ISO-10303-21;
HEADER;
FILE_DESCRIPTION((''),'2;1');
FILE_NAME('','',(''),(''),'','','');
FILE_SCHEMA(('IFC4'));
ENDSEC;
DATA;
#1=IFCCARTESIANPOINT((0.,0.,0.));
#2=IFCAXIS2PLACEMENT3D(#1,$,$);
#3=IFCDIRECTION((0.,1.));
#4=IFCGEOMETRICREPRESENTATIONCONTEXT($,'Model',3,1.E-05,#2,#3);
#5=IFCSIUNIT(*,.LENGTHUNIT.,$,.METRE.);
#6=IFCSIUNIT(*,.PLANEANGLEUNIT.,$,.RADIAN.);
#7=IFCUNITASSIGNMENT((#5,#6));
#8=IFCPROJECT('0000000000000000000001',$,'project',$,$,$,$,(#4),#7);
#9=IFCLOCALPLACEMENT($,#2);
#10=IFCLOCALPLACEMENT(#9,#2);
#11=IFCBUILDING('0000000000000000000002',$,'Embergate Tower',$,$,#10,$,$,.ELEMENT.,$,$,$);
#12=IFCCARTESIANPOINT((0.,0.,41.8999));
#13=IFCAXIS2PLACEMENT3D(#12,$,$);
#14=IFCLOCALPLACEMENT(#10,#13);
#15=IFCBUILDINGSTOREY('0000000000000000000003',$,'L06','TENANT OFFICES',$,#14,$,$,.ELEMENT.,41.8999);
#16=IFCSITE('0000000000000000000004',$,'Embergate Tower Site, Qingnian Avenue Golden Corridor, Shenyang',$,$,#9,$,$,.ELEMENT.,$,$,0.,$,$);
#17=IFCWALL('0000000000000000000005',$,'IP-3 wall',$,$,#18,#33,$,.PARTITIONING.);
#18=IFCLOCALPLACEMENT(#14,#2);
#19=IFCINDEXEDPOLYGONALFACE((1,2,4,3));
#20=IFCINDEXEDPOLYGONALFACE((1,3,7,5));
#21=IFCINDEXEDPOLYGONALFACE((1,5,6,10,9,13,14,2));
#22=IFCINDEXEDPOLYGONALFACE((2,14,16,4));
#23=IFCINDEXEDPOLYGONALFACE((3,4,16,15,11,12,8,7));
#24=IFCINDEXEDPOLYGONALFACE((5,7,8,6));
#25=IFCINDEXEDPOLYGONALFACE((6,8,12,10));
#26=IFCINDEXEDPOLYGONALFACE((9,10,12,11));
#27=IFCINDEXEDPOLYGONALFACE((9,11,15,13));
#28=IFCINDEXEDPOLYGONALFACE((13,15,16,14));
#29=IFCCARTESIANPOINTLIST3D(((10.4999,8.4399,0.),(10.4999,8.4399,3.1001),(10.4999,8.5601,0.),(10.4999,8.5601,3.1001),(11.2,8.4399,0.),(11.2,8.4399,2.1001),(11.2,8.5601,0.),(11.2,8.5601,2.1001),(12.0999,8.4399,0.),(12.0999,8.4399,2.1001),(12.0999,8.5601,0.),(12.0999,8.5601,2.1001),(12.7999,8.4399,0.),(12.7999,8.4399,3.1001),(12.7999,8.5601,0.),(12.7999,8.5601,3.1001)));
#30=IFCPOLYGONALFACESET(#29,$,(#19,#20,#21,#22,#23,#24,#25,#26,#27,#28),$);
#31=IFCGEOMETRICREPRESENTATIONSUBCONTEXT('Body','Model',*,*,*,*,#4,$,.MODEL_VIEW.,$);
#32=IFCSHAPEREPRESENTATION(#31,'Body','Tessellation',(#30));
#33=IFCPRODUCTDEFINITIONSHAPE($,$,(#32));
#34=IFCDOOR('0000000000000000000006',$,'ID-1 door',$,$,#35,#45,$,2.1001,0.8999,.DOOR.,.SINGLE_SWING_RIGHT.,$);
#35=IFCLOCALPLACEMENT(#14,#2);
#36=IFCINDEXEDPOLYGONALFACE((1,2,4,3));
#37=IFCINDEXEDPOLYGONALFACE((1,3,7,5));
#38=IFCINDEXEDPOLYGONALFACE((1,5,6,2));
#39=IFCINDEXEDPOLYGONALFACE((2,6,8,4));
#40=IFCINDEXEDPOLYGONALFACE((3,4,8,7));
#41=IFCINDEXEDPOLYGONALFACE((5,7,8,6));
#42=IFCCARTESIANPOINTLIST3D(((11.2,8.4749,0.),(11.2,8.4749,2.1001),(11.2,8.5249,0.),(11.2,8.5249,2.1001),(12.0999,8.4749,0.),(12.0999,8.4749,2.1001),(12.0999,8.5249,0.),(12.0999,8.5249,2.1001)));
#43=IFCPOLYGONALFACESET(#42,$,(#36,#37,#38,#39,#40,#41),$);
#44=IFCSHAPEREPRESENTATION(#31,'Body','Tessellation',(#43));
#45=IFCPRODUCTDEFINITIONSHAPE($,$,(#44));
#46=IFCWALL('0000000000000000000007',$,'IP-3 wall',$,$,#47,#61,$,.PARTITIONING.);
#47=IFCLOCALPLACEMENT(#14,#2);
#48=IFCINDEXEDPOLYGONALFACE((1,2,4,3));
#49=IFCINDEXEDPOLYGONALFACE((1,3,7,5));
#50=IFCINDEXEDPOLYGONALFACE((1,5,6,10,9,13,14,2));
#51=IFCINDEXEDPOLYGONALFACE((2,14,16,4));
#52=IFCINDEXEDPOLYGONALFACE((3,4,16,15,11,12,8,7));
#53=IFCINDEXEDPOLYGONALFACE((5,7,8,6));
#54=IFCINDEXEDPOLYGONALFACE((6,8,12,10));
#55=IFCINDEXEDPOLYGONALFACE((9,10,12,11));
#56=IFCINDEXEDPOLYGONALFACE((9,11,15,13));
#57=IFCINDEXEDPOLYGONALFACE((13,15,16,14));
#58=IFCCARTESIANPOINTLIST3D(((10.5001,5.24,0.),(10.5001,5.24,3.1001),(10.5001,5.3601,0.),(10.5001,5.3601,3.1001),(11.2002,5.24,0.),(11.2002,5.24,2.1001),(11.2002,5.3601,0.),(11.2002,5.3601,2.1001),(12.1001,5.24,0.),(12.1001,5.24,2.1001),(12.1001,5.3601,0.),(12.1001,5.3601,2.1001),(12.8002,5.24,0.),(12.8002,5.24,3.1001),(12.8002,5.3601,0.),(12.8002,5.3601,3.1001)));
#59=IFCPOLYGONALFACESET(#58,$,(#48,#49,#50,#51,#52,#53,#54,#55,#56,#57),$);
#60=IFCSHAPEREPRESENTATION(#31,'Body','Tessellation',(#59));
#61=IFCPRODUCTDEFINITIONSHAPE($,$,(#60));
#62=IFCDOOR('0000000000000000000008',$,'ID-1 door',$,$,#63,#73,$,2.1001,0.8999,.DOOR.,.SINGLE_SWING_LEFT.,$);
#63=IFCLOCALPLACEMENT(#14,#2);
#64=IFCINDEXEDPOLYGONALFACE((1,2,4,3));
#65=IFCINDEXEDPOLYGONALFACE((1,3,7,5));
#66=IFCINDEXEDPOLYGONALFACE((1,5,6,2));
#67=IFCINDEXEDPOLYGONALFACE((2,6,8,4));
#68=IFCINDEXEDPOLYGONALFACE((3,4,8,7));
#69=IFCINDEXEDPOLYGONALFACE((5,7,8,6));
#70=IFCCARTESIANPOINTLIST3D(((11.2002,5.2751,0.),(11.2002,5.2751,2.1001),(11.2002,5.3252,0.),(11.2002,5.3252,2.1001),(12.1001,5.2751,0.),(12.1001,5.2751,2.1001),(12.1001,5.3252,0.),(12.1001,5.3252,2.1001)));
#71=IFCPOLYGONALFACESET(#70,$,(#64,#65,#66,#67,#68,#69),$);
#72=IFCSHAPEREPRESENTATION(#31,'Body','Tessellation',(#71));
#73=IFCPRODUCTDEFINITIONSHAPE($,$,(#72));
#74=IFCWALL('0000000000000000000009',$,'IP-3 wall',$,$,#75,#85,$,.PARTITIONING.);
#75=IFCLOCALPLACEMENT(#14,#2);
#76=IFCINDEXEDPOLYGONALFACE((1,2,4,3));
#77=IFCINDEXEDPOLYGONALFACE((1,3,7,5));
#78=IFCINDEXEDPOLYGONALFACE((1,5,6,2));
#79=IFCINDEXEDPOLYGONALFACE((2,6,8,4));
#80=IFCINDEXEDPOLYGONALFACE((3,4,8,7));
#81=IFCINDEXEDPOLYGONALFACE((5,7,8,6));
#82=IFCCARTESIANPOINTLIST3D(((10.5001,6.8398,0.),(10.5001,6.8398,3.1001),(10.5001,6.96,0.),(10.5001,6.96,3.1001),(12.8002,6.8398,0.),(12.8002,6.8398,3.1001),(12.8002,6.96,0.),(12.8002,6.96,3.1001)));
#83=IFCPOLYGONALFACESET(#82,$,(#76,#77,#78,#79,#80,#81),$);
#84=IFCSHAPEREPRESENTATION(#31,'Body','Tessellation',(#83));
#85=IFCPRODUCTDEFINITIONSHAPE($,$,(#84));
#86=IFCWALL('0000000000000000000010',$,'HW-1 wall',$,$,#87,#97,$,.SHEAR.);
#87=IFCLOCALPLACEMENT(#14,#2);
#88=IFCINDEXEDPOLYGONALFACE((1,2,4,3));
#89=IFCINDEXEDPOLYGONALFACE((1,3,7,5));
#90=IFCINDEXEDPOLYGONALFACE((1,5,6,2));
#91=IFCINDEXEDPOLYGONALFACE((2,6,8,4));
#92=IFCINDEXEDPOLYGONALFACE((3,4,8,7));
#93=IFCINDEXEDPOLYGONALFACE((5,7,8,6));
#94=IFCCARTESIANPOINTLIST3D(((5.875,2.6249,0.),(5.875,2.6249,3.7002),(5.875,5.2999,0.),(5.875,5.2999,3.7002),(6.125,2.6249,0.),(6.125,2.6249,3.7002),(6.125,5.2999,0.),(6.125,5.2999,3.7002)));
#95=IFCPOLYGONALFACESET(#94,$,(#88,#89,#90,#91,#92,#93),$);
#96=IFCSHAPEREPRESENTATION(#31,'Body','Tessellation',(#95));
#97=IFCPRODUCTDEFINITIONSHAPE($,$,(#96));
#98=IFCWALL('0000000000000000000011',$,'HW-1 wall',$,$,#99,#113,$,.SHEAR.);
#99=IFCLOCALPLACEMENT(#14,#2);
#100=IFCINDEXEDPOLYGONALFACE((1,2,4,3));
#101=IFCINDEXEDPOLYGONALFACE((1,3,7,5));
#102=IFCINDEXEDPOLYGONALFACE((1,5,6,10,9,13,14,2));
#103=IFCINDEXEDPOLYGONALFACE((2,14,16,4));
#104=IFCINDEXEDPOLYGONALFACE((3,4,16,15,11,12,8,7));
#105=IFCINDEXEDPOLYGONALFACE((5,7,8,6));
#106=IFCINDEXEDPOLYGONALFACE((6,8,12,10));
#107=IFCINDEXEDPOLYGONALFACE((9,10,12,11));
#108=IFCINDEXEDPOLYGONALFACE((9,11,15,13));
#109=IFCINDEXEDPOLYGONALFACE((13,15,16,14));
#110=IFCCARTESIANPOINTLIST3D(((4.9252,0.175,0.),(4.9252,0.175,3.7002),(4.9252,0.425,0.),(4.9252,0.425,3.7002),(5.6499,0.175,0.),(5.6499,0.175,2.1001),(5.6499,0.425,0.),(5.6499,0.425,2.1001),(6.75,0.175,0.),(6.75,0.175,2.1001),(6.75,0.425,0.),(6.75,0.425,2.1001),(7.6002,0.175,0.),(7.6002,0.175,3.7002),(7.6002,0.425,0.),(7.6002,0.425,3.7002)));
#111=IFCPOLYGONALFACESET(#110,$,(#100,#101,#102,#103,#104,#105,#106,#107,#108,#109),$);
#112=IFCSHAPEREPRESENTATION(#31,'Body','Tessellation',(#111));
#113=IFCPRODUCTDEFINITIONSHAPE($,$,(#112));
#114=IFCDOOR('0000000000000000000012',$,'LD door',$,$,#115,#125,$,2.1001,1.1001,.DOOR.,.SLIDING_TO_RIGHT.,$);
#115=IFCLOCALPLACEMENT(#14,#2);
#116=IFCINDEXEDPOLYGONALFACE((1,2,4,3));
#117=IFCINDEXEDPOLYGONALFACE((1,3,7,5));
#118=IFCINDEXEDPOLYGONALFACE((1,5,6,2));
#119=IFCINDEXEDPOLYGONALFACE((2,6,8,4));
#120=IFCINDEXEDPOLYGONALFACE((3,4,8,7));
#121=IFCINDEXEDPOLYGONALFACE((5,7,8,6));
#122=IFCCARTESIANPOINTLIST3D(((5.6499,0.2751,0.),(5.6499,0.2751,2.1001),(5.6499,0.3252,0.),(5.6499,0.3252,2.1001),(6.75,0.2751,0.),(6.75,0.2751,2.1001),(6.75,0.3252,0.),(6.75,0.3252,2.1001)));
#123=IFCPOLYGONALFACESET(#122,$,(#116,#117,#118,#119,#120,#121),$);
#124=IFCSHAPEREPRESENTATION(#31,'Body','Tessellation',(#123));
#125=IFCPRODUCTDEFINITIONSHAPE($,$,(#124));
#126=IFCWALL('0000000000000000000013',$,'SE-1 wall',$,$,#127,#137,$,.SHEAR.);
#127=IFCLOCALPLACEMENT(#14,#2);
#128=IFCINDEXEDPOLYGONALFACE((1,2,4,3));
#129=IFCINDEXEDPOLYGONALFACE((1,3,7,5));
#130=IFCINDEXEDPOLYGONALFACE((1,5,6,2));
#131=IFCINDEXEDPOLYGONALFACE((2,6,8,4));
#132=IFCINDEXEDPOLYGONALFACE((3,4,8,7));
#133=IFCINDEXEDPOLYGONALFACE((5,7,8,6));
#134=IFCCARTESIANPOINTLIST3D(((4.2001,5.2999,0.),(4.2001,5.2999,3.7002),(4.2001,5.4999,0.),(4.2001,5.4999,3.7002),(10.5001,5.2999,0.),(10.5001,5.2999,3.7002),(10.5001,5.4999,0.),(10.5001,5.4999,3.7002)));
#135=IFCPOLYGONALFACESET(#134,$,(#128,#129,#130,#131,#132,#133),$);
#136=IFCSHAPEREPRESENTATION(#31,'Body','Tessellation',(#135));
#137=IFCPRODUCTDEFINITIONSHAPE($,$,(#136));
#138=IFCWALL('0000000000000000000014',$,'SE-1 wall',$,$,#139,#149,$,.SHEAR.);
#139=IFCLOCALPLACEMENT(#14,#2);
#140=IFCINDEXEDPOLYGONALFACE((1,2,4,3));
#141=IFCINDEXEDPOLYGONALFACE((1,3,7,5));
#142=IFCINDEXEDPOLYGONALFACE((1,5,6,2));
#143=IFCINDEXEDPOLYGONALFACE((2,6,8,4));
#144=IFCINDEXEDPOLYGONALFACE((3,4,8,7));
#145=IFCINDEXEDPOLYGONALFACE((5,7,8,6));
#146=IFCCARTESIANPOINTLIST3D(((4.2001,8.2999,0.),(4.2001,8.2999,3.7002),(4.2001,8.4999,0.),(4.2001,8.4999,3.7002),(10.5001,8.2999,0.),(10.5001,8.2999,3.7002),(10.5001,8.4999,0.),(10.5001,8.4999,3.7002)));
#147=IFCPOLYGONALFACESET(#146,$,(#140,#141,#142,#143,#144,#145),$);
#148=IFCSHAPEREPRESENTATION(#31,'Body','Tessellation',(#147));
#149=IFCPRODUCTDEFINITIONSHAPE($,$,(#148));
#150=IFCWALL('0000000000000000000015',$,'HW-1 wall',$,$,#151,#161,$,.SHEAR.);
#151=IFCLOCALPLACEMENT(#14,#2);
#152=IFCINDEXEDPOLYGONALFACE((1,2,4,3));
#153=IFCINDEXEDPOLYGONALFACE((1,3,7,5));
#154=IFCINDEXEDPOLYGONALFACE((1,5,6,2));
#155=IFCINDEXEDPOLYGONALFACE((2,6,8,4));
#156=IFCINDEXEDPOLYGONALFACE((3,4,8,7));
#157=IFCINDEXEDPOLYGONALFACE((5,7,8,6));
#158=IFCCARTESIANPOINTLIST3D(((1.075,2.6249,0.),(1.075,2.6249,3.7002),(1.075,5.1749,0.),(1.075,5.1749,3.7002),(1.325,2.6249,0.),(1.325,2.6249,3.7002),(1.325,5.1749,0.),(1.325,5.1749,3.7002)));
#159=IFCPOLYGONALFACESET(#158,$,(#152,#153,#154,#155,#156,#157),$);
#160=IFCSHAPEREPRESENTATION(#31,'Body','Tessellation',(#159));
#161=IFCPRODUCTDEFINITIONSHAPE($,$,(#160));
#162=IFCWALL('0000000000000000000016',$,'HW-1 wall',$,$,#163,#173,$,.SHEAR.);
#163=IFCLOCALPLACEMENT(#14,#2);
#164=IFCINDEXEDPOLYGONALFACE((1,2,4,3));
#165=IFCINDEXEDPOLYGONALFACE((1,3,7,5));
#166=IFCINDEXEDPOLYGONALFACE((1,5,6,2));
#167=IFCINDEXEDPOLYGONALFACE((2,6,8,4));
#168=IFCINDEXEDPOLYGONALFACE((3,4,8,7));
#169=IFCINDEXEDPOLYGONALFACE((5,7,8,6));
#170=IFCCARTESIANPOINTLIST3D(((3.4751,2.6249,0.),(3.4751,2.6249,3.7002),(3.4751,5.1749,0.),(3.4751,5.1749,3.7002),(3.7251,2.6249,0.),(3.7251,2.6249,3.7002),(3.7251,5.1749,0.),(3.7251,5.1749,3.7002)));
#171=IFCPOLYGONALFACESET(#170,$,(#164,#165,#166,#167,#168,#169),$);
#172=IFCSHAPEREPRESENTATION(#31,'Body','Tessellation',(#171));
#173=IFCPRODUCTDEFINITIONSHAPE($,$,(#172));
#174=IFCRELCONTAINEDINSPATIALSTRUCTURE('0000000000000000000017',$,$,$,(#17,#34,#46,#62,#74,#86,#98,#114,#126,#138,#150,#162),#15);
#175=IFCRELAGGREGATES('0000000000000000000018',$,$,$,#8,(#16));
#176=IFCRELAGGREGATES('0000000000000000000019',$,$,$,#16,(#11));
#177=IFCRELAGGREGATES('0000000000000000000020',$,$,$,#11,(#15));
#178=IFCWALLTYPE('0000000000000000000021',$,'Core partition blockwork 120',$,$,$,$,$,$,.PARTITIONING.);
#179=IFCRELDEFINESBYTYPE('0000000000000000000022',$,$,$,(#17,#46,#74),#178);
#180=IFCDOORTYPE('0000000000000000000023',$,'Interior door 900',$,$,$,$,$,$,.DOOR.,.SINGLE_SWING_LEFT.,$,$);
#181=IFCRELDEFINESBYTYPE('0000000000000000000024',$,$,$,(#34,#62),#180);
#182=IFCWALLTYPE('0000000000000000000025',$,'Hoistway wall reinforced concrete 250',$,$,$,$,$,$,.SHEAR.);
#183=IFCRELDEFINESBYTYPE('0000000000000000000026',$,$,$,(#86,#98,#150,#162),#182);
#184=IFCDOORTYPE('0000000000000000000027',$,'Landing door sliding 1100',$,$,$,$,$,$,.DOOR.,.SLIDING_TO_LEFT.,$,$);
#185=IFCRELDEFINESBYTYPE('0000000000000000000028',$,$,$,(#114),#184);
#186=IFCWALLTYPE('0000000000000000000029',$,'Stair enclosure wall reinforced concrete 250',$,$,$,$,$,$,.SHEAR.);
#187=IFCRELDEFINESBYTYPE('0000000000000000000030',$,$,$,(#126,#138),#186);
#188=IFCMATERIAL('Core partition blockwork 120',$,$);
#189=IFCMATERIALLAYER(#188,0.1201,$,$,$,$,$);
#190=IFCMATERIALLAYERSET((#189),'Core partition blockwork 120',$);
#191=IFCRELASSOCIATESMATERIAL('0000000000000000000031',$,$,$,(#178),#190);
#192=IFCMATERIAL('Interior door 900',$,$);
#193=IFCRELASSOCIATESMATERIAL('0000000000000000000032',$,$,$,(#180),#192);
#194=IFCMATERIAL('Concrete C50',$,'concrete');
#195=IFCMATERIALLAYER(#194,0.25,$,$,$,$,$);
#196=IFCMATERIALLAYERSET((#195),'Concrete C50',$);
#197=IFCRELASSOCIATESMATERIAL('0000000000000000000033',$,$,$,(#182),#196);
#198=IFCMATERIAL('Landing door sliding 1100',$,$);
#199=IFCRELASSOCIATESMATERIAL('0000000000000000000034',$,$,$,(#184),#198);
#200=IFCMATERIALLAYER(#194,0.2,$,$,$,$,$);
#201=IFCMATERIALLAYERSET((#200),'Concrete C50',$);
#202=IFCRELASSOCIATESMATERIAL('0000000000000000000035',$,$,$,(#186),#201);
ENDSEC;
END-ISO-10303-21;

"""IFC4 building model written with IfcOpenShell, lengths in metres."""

from ifc_helpers import new_model, si_unit, direction, frame, frame_2d, origin, place, context, subcontext, project, spatial, rectangle, extrude, source, transform, mapped, material, layer, layer_set, type_object, element, fill, save


model = new_model("IFC4")

# Units and contexts
model_context = context("Model", 3, precision=1e-05, world=origin(), true_north=direction((0.0, 1.0)))
body_context = subcontext(model_context, "Body", "Model", "MODEL_VIEW")
ifc_project = project(units=[si_unit("LENGTHUNIT", "METRE"), si_unit("PLANEANGLEUNIT", "RADIAN")], contexts=[model_context])

# Site, building, storey
site_placement = place(None, origin())
site = spatial("IfcSite", under=ifc_project, at=site_placement, Name="Embergate Tower Site, Qingnian Avenue Golden Corridor, Shenyang", CompositionType="ELEMENT", RefElevation=0.0)
building_placement = place(site_placement, origin())
building = spatial("IfcBuilding", under=site, at=building_placement, Name="Embergate Tower", CompositionType="ELEMENT")
storey_placement = place(building_placement, frame((0.0, 0.0, 41.8999)))
storey = spatial("IfcBuildingStorey", under=building, at=storey_placement, Name="L06", Description="TENANT OFFICES", CompositionType="ELEMENT", Elevation=41.8999)

# Shared definitions
ifc_material_1 = material(Name="Core partition blockwork 120")
ifc_layer_1 = layer(ifc_material_1, 0.1201)
ifc_layer_set_1 = layer_set([ifc_layer_1], Name="Core partition blockwork 120")
wall_type_1 = type_object("IfcWallType", Name="Core partition blockwork 120", PredefinedType="PARTITIONING", material=ifc_layer_set_1)
shared_shape_1 = source(origin(), body_context, "Body", "SweptSolid", [
    extrude(rectangle(XDim=0.8999, YDim=2.1001, at=frame_2d((0.45, 1.05))), frame((0.0, 0.0701, 0.0), z_axis=(0.0, -1.0, 0.0), x_axis=(1.0, 0.0, 0.0)), (0.0, 0.0, 1.0), 0.1401),
])
ifc_material_2 = material(Name="Interior door 900")
door_type_1 = type_object("IfcDoorType", Name="Interior door 900", OperationType="SINGLE_SWING_LEFT", PredefinedType="DOOR", material=ifc_material_2)
shared_shape_2 = source(origin(), body_context, "Body", "SweptSolid", [
    extrude(rectangle(XDim=0.8999, YDim=2.1001, at=frame_2d((0.45, 1.05))), frame((0.0, 0.0249, 0.0), z_axis=(0.0, -1.0, 0.0), x_axis=(1.0, 0.0, 0.0)), (0.0, 0.0, 1.0), 0.05),
])

# Walls, openings, doors
shared_shape_3 = source(origin(), body_context, "Body", "SweptSolid", [
    extrude(rectangle(XDim=2.3, YDim=0.1201, at=frame_2d((1.1499, 0.0))), origin(), (0.0, 0.0, 1.0), 3.1001),
])
wall_1_placement = place(storey_placement, frame((10.5, 8.5, 0.0), z_axis=(0.0, 0.0, 1.0), x_axis=(1.0, 0.0, 0.0)))
wall_1 = element("IfcWall", 1, at=wall_1_placement, inside=storey, type_object=wall_type_1, Name="IP-3 wall", PredefinedType="PARTITIONING", context=body_context, shape_type="MappedRepresentation", body=[
    mapped(shared_shape_3, transform((0.0, 0.0, 0.0))),
])
opening_1_placement = place(wall_1_placement, frame((0.7, 0.0, 0.0)))
opening_1 = element("IfcOpeningElement", 2, at=opening_1_placement, cuts=wall_1, PredefinedType="OPENING", context=body_context, shape_type="MappedRepresentation", body=[
    mapped(shared_shape_1, transform((0.0, 0.0, 0.0))),
])
door_1_placement = place(opening_1_placement, origin())
door_1 = element("IfcDoor", 3, at=door_1_placement, inside=storey, type_object=door_type_1, Name="ID-1 door", OperationType="SINGLE_SWING_RIGHT", OverallHeight=2.1001, OverallWidth=0.8999, PredefinedType="DOOR", context=body_context, shape_type="MappedRepresentation", body=[
    mapped(shared_shape_2, transform((0.0, 0.0, 0.0))),
])
fill(opening_1, door_1)
wall_2_placement = place(storey_placement, frame((12.8, 5.3, 0.0), z_axis=(0.0, 0.0, 1.0), x_axis=(-1.0, 0.0, 0.0)))
wall_2 = element("IfcWall", 4, at=wall_2_placement, inside=storey, type_object=wall_type_1, Name="IP-3 wall", PredefinedType="PARTITIONING", context=body_context, shape_type="MappedRepresentation", body=[
    mapped(shared_shape_3, transform((0.0, 0.0, 0.0))),
])
opening_2_placement = place(wall_2_placement, frame((0.7, 0.0, 0.0)))
opening_2 = element("IfcOpeningElement", 5, at=opening_2_placement, cuts=wall_2, PredefinedType="OPENING", context=body_context, shape_type="MappedRepresentation", body=[
    mapped(shared_shape_1, transform((0.0, 0.0, 0.0))),
])
door_2_placement = place(opening_2_placement, origin())
door_2 = element("IfcDoor", 6, at=door_2_placement, inside=storey, type_object=door_type_1, Name="ID-1 door", OperationType="SINGLE_SWING_LEFT", OverallHeight=2.1001, OverallWidth=0.8999, PredefinedType="DOOR", context=body_context, shape_type="MappedRepresentation", body=[
    mapped(shared_shape_2, transform((0.0, 0.0, 0.0))),
])
fill(opening_2, door_2)

# Walls
wall_3_placement = place(storey_placement, frame((12.8, 6.8999, 0.0), z_axis=(0.0, 0.0, 1.0), x_axis=(-1.0, 0.0, 0.0)))
element("IfcWall", 7, at=wall_3_placement, inside=storey, type_object=wall_type_1, Name="IP-3 wall", PredefinedType="PARTITIONING", context=body_context, shape_type="MappedRepresentation", body=[
    mapped(shared_shape_3, transform((0.0, 0.0, 0.0))),
])
ifc_material_3 = material(Name="Concrete C50", Category="concrete")
ifc_layer_2 = layer(ifc_material_3, 0.25)
ifc_layer_set_2 = layer_set([ifc_layer_2], Name="Concrete C50")
wall_type_2 = type_object("IfcWallType", Name="Hoistway wall reinforced concrete 250", PredefinedType="SHEAR", material=ifc_layer_set_2)
shared_shape_4 = source(origin(), body_context, "Body", "SweptSolid", [
    extrude(rectangle(XDim=2.675, YDim=0.25, at=frame_2d((1.3374, 0.0))), origin(), (0.0, 0.0, 1.0), 3.7002),
])
wall_4_placement = place(storey_placement, frame((6.0, 2.625, 0.0), z_axis=(0.0, 0.0, 1.0), x_axis=(0.0, 1.0, 0.0)))
element("IfcWall", 8, at=wall_4_placement, inside=storey, type_object=wall_type_2, Name="HW-1 wall", PredefinedType="SHEAR", context=body_context, shape_type="MappedRepresentation", body=[
    mapped(shared_shape_4, transform((0.0, 0.0, 0.0))),
])

# Wall, opening, door
wall_5_placement = place(storey_placement, frame((7.6001, 0.3, 0.0), z_axis=(0.0, 0.0, 1.0), x_axis=(-1.0, 0.0, 0.0)))
wall_5 = element("IfcWall", 9, at=wall_5_placement, inside=storey, type_object=wall_type_2, Name="HW-1 wall", PredefinedType="SHEAR", context=body_context, shape_type="MappedRepresentation", body=[
    mapped(shared_shape_4, transform((0.0, 0.0, 0.0))),
])
shared_shape_5 = source(origin(), body_context, "Body", "SweptSolid", [
    extrude(rectangle(XDim=1.1001, YDim=2.1001, at=frame_2d((0.55, 1.05))), frame((0.0, 0.135, 0.0), z_axis=(0.0, -1.0, 0.0), x_axis=(1.0, 0.0, 0.0)), (0.0, 0.0, 1.0), 0.27),
])
opening_3_placement = place(wall_5_placement, frame((0.8501, 0.0, 0.0)))
opening_3 = element("IfcOpeningElement", 10, at=opening_3_placement, cuts=wall_5, PredefinedType="OPENING", context=body_context, shape_type="MappedRepresentation", body=[
    mapped(shared_shape_5, transform((0.0, 0.0, 0.0))),
])
ifc_material_4 = material(Name="Landing door sliding 1100")
door_type_2 = type_object("IfcDoorType", Name="Landing door sliding 1100", OperationType="SLIDING_TO_LEFT", PredefinedType="DOOR", material=ifc_material_4)
shared_shape_6 = source(origin(), body_context, "Body", "SweptSolid", [
    extrude(rectangle(XDim=1.1001, YDim=2.1001, at=frame_2d((0.55, 1.05))), frame((0.0, 0.0249, 0.0), z_axis=(0.0, -1.0, 0.0), x_axis=(1.0, 0.0, 0.0)), (0.0, 0.0, 1.0), 0.05),
])
door_3_placement = place(opening_3_placement, origin())
door_3 = element("IfcDoor", 11, at=door_3_placement, inside=storey, type_object=door_type_2, Name="LD door", OperationType="SLIDING_TO_RIGHT", OverallHeight=2.1001, OverallWidth=1.1001, PredefinedType="DOOR", context=body_context, shape_type="MappedRepresentation", body=[
    mapped(shared_shape_6, transform((0.0, 0.0, 0.0))),
])
fill(opening_3, door_3)

# Walls
ifc_layer_3 = layer(ifc_material_3, 0.2)
ifc_layer_set_3 = layer_set([ifc_layer_3], Name="Concrete C50")
wall_type_3 = type_object("IfcWallType", Name="Stair enclosure wall reinforced concrete 250", PredefinedType="SHEAR", material=ifc_layer_set_3)
shared_shape_7 = source(origin(), body_context, "Body", "SweptSolid", [
    extrude(rectangle(XDim=6.3, YDim=0.2, at=frame_2d((3.1499, 0.0))), origin(), (0.0, 0.0, 1.0), 3.7002),
])
for number, where, z_axis, x_axis, name in (
    (12, (10.5, 5.3999, 0.0), (0.0, 0.0, 1.0), (-1.0, 0.0, 0.0), "SE-1 wall"),
    (13, (10.5, 8.3999, 0.0), (0.0, 0.0, 1.0), (-1.0, 0.0, 0.0), "SE-1 wall"),
):
    element("IfcWall", number, at=place(storey_placement, frame(where, z_axis=z_axis, x_axis=x_axis)), inside=storey, type_object=wall_type_3, Name=name, PredefinedType="SHEAR", context=body_context, shape_type="MappedRepresentation", body=[
        mapped(shared_shape_7, transform((0.0, 0.0, 0.0))),
    ])
shared_shape_8 = source(origin(), body_context, "Body", "SweptSolid", [
    extrude(rectangle(XDim=2.55, YDim=0.25, at=frame_2d((1.2749, 0.0))), origin(), (0.0, 0.0, 1.0), 3.7002),
])
for number, where, z_axis, x_axis, name in (
    (14, (1.2, 2.625, 0.0), (0.0, 0.0, 1.0), (0.0, 1.0, 0.0), "HW-1 wall"),
    (15, (3.6001, 2.625, 0.0), (0.0, 0.0, 1.0), (0.0, 1.0, 0.0), "HW-1 wall"),
):
    element("IfcWall", number, at=place(storey_placement, frame(where, z_axis=z_axis, x_axis=x_axis)), inside=storey, type_object=wall_type_2, Name=name, PredefinedType="SHEAR", context=body_context, shape_type="MappedRepresentation", body=[
        mapped(shared_shape_8, transform((0.0, 0.0, 0.0))),
    ])

save(model, "model.ifc")
